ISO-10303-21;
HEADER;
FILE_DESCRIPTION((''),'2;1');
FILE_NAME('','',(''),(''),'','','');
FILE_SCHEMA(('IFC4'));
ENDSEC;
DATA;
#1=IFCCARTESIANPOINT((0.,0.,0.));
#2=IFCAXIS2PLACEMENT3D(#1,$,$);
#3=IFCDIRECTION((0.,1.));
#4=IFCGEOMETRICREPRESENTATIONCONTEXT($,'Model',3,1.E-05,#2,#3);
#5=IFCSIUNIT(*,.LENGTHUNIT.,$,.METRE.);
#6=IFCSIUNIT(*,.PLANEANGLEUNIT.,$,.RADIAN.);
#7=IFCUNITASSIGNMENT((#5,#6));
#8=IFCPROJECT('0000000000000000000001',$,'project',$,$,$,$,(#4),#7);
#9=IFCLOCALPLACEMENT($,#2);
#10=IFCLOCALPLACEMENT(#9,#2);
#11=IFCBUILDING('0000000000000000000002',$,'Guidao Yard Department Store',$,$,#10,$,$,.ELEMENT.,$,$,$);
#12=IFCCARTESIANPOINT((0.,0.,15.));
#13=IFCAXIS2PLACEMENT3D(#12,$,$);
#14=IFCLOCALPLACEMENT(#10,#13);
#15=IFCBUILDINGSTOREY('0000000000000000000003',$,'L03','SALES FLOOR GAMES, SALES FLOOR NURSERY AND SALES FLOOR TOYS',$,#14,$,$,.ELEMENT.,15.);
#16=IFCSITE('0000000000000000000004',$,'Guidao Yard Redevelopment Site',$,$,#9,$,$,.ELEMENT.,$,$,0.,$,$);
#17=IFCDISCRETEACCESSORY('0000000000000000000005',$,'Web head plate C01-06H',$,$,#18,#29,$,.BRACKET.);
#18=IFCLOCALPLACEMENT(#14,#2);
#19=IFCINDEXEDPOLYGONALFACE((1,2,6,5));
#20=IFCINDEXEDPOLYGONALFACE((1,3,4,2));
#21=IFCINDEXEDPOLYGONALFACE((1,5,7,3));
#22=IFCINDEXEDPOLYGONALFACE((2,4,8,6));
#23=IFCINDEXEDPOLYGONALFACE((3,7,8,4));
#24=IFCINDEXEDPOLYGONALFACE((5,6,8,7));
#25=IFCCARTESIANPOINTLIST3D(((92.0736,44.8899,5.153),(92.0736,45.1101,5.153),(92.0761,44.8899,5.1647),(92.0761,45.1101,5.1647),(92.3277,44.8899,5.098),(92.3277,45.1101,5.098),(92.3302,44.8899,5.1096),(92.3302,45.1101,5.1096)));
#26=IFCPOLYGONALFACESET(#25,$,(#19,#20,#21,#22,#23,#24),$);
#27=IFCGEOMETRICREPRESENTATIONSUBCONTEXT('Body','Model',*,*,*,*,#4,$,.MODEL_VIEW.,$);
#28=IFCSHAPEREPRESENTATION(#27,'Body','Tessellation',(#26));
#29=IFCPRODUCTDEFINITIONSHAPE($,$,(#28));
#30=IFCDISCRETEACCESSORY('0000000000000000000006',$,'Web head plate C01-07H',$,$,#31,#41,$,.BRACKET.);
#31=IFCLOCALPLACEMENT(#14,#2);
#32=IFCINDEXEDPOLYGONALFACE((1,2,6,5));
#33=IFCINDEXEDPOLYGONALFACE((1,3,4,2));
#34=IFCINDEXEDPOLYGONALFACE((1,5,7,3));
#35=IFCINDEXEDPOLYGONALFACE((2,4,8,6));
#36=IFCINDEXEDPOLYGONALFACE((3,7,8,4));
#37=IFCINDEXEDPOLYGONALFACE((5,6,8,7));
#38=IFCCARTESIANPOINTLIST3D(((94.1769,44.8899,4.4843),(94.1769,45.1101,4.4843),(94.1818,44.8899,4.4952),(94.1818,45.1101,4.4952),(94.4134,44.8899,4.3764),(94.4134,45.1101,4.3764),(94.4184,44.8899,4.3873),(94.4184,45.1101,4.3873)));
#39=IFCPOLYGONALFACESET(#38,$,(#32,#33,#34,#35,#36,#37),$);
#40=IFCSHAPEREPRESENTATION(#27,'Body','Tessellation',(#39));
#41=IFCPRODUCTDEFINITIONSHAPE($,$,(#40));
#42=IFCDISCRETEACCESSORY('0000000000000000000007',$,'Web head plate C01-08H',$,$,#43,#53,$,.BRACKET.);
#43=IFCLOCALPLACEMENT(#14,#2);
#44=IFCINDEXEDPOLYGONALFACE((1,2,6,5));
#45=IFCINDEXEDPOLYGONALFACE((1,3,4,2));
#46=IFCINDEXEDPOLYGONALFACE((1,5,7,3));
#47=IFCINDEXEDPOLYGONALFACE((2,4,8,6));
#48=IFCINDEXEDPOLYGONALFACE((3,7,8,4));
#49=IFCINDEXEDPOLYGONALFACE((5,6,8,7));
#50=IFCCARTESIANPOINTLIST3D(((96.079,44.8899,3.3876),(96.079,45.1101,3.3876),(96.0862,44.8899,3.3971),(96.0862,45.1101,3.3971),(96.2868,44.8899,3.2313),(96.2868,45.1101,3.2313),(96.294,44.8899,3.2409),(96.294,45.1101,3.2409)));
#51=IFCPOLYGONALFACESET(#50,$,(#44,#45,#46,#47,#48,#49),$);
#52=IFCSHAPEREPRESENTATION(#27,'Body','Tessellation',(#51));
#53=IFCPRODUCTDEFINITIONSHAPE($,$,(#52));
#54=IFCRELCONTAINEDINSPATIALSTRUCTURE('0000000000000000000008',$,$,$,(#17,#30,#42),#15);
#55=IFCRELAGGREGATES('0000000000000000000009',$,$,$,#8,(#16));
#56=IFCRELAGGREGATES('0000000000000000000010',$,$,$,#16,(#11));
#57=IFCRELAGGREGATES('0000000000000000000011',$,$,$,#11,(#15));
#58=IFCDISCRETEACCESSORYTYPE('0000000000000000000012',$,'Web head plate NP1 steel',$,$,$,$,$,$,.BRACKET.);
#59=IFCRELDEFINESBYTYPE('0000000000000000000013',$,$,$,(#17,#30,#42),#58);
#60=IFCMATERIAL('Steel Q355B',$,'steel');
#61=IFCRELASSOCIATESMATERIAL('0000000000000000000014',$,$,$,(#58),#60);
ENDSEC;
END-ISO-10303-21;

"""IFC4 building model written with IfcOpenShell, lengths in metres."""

from ifc_helpers import new_model, si_unit, direction, frame, origin, origin_2d, place, context, subcontext, project, spatial, rectangle, extrude, material, material_profile, profile_set, type_object, element, save


model = new_model("IFC4")

# Units and contexts
model_context = context("Model", 3, precision=1e-05, world=origin(), true_north=direction((0.0, 1.0)))
body_context = subcontext(model_context, "Body", "Model", "MODEL_VIEW")
ifc_project = project(units=[si_unit("LENGTHUNIT", "METRE"), si_unit("PLANEANGLEUNIT", "RADIAN")], contexts=[model_context])

# Site, building, storey
site_placement = place(None, origin())
site = spatial("IfcSite", under=ifc_project, at=site_placement, Name="Guidao Yard Redevelopment Site", CompositionType="ELEMENT", RefElevation=0.0)
building_placement = place(site_placement, origin())
building = spatial("IfcBuilding", under=site, at=building_placement, Name="Guidao Yard Department Store", CompositionType="ELEMENT")
storey_placement = place(building_placement, frame((0.0, 0.0, 15.0)))
storey = spatial("IfcBuildingStorey", under=building, at=storey_placement, Name="L03", Description="SALES FLOOR GAMES, SALES FLOOR NURSERY AND SALES FLOOR TOYS", CompositionType="ELEMENT", Elevation=15.0)

# Discrete accessories
ifc_material_1 = material(Name="Steel Q355B", Category="steel")
ifc_material_profile_1 = material_profile(ifc_material_1, rectangle(XDim=0.26, YDim=0.012, at=origin_2d()), Name="Node plate 260x12")
ifc_profile_set_1 = profile_set([ifc_material_profile_1], Name="Steel Q355B")
discrete_accessory_type_1 = type_object("IfcDiscreteAccessoryType", Name="Web head plate NP1 steel", PredefinedType="BRACKET", material=ifc_profile_set_1)
for number, where, z_axis, x_axis, name in (
    (1, (92.2019, 44.8899, 5.1313), (0.0, 1.0, 0.0), (-0.977292, 0.0, 0.211897), "Web head plate C01-06H"),
    (2, (94.2976, 44.8899, 4.4358), (0.0, 1.0, 0.0), (-0.909751, 0.0, 0.415155), "Web head plate C01-07H"),
    (3, (96.1865, 44.8899, 3.3142), (0.0, 1.0, 0.0), (-0.799284, 0.0, 0.600954), "Web head plate C01-08H"),
):
    element("IfcDiscreteAccessory", number, at=place(storey_placement, frame(where, z_axis=z_axis, x_axis=x_axis)), inside=storey, type_object=discrete_accessory_type_1, Name=name, PredefinedType="BRACKET", context=body_context, shape_type="SweptSolid", body=[
        extrude(rectangle(XDim=0.26, YDim=0.012, at=origin_2d()), origin(), (0.0, 0.0, 1.0), 0.2202),
    ])

save(model, "model.ifc")
